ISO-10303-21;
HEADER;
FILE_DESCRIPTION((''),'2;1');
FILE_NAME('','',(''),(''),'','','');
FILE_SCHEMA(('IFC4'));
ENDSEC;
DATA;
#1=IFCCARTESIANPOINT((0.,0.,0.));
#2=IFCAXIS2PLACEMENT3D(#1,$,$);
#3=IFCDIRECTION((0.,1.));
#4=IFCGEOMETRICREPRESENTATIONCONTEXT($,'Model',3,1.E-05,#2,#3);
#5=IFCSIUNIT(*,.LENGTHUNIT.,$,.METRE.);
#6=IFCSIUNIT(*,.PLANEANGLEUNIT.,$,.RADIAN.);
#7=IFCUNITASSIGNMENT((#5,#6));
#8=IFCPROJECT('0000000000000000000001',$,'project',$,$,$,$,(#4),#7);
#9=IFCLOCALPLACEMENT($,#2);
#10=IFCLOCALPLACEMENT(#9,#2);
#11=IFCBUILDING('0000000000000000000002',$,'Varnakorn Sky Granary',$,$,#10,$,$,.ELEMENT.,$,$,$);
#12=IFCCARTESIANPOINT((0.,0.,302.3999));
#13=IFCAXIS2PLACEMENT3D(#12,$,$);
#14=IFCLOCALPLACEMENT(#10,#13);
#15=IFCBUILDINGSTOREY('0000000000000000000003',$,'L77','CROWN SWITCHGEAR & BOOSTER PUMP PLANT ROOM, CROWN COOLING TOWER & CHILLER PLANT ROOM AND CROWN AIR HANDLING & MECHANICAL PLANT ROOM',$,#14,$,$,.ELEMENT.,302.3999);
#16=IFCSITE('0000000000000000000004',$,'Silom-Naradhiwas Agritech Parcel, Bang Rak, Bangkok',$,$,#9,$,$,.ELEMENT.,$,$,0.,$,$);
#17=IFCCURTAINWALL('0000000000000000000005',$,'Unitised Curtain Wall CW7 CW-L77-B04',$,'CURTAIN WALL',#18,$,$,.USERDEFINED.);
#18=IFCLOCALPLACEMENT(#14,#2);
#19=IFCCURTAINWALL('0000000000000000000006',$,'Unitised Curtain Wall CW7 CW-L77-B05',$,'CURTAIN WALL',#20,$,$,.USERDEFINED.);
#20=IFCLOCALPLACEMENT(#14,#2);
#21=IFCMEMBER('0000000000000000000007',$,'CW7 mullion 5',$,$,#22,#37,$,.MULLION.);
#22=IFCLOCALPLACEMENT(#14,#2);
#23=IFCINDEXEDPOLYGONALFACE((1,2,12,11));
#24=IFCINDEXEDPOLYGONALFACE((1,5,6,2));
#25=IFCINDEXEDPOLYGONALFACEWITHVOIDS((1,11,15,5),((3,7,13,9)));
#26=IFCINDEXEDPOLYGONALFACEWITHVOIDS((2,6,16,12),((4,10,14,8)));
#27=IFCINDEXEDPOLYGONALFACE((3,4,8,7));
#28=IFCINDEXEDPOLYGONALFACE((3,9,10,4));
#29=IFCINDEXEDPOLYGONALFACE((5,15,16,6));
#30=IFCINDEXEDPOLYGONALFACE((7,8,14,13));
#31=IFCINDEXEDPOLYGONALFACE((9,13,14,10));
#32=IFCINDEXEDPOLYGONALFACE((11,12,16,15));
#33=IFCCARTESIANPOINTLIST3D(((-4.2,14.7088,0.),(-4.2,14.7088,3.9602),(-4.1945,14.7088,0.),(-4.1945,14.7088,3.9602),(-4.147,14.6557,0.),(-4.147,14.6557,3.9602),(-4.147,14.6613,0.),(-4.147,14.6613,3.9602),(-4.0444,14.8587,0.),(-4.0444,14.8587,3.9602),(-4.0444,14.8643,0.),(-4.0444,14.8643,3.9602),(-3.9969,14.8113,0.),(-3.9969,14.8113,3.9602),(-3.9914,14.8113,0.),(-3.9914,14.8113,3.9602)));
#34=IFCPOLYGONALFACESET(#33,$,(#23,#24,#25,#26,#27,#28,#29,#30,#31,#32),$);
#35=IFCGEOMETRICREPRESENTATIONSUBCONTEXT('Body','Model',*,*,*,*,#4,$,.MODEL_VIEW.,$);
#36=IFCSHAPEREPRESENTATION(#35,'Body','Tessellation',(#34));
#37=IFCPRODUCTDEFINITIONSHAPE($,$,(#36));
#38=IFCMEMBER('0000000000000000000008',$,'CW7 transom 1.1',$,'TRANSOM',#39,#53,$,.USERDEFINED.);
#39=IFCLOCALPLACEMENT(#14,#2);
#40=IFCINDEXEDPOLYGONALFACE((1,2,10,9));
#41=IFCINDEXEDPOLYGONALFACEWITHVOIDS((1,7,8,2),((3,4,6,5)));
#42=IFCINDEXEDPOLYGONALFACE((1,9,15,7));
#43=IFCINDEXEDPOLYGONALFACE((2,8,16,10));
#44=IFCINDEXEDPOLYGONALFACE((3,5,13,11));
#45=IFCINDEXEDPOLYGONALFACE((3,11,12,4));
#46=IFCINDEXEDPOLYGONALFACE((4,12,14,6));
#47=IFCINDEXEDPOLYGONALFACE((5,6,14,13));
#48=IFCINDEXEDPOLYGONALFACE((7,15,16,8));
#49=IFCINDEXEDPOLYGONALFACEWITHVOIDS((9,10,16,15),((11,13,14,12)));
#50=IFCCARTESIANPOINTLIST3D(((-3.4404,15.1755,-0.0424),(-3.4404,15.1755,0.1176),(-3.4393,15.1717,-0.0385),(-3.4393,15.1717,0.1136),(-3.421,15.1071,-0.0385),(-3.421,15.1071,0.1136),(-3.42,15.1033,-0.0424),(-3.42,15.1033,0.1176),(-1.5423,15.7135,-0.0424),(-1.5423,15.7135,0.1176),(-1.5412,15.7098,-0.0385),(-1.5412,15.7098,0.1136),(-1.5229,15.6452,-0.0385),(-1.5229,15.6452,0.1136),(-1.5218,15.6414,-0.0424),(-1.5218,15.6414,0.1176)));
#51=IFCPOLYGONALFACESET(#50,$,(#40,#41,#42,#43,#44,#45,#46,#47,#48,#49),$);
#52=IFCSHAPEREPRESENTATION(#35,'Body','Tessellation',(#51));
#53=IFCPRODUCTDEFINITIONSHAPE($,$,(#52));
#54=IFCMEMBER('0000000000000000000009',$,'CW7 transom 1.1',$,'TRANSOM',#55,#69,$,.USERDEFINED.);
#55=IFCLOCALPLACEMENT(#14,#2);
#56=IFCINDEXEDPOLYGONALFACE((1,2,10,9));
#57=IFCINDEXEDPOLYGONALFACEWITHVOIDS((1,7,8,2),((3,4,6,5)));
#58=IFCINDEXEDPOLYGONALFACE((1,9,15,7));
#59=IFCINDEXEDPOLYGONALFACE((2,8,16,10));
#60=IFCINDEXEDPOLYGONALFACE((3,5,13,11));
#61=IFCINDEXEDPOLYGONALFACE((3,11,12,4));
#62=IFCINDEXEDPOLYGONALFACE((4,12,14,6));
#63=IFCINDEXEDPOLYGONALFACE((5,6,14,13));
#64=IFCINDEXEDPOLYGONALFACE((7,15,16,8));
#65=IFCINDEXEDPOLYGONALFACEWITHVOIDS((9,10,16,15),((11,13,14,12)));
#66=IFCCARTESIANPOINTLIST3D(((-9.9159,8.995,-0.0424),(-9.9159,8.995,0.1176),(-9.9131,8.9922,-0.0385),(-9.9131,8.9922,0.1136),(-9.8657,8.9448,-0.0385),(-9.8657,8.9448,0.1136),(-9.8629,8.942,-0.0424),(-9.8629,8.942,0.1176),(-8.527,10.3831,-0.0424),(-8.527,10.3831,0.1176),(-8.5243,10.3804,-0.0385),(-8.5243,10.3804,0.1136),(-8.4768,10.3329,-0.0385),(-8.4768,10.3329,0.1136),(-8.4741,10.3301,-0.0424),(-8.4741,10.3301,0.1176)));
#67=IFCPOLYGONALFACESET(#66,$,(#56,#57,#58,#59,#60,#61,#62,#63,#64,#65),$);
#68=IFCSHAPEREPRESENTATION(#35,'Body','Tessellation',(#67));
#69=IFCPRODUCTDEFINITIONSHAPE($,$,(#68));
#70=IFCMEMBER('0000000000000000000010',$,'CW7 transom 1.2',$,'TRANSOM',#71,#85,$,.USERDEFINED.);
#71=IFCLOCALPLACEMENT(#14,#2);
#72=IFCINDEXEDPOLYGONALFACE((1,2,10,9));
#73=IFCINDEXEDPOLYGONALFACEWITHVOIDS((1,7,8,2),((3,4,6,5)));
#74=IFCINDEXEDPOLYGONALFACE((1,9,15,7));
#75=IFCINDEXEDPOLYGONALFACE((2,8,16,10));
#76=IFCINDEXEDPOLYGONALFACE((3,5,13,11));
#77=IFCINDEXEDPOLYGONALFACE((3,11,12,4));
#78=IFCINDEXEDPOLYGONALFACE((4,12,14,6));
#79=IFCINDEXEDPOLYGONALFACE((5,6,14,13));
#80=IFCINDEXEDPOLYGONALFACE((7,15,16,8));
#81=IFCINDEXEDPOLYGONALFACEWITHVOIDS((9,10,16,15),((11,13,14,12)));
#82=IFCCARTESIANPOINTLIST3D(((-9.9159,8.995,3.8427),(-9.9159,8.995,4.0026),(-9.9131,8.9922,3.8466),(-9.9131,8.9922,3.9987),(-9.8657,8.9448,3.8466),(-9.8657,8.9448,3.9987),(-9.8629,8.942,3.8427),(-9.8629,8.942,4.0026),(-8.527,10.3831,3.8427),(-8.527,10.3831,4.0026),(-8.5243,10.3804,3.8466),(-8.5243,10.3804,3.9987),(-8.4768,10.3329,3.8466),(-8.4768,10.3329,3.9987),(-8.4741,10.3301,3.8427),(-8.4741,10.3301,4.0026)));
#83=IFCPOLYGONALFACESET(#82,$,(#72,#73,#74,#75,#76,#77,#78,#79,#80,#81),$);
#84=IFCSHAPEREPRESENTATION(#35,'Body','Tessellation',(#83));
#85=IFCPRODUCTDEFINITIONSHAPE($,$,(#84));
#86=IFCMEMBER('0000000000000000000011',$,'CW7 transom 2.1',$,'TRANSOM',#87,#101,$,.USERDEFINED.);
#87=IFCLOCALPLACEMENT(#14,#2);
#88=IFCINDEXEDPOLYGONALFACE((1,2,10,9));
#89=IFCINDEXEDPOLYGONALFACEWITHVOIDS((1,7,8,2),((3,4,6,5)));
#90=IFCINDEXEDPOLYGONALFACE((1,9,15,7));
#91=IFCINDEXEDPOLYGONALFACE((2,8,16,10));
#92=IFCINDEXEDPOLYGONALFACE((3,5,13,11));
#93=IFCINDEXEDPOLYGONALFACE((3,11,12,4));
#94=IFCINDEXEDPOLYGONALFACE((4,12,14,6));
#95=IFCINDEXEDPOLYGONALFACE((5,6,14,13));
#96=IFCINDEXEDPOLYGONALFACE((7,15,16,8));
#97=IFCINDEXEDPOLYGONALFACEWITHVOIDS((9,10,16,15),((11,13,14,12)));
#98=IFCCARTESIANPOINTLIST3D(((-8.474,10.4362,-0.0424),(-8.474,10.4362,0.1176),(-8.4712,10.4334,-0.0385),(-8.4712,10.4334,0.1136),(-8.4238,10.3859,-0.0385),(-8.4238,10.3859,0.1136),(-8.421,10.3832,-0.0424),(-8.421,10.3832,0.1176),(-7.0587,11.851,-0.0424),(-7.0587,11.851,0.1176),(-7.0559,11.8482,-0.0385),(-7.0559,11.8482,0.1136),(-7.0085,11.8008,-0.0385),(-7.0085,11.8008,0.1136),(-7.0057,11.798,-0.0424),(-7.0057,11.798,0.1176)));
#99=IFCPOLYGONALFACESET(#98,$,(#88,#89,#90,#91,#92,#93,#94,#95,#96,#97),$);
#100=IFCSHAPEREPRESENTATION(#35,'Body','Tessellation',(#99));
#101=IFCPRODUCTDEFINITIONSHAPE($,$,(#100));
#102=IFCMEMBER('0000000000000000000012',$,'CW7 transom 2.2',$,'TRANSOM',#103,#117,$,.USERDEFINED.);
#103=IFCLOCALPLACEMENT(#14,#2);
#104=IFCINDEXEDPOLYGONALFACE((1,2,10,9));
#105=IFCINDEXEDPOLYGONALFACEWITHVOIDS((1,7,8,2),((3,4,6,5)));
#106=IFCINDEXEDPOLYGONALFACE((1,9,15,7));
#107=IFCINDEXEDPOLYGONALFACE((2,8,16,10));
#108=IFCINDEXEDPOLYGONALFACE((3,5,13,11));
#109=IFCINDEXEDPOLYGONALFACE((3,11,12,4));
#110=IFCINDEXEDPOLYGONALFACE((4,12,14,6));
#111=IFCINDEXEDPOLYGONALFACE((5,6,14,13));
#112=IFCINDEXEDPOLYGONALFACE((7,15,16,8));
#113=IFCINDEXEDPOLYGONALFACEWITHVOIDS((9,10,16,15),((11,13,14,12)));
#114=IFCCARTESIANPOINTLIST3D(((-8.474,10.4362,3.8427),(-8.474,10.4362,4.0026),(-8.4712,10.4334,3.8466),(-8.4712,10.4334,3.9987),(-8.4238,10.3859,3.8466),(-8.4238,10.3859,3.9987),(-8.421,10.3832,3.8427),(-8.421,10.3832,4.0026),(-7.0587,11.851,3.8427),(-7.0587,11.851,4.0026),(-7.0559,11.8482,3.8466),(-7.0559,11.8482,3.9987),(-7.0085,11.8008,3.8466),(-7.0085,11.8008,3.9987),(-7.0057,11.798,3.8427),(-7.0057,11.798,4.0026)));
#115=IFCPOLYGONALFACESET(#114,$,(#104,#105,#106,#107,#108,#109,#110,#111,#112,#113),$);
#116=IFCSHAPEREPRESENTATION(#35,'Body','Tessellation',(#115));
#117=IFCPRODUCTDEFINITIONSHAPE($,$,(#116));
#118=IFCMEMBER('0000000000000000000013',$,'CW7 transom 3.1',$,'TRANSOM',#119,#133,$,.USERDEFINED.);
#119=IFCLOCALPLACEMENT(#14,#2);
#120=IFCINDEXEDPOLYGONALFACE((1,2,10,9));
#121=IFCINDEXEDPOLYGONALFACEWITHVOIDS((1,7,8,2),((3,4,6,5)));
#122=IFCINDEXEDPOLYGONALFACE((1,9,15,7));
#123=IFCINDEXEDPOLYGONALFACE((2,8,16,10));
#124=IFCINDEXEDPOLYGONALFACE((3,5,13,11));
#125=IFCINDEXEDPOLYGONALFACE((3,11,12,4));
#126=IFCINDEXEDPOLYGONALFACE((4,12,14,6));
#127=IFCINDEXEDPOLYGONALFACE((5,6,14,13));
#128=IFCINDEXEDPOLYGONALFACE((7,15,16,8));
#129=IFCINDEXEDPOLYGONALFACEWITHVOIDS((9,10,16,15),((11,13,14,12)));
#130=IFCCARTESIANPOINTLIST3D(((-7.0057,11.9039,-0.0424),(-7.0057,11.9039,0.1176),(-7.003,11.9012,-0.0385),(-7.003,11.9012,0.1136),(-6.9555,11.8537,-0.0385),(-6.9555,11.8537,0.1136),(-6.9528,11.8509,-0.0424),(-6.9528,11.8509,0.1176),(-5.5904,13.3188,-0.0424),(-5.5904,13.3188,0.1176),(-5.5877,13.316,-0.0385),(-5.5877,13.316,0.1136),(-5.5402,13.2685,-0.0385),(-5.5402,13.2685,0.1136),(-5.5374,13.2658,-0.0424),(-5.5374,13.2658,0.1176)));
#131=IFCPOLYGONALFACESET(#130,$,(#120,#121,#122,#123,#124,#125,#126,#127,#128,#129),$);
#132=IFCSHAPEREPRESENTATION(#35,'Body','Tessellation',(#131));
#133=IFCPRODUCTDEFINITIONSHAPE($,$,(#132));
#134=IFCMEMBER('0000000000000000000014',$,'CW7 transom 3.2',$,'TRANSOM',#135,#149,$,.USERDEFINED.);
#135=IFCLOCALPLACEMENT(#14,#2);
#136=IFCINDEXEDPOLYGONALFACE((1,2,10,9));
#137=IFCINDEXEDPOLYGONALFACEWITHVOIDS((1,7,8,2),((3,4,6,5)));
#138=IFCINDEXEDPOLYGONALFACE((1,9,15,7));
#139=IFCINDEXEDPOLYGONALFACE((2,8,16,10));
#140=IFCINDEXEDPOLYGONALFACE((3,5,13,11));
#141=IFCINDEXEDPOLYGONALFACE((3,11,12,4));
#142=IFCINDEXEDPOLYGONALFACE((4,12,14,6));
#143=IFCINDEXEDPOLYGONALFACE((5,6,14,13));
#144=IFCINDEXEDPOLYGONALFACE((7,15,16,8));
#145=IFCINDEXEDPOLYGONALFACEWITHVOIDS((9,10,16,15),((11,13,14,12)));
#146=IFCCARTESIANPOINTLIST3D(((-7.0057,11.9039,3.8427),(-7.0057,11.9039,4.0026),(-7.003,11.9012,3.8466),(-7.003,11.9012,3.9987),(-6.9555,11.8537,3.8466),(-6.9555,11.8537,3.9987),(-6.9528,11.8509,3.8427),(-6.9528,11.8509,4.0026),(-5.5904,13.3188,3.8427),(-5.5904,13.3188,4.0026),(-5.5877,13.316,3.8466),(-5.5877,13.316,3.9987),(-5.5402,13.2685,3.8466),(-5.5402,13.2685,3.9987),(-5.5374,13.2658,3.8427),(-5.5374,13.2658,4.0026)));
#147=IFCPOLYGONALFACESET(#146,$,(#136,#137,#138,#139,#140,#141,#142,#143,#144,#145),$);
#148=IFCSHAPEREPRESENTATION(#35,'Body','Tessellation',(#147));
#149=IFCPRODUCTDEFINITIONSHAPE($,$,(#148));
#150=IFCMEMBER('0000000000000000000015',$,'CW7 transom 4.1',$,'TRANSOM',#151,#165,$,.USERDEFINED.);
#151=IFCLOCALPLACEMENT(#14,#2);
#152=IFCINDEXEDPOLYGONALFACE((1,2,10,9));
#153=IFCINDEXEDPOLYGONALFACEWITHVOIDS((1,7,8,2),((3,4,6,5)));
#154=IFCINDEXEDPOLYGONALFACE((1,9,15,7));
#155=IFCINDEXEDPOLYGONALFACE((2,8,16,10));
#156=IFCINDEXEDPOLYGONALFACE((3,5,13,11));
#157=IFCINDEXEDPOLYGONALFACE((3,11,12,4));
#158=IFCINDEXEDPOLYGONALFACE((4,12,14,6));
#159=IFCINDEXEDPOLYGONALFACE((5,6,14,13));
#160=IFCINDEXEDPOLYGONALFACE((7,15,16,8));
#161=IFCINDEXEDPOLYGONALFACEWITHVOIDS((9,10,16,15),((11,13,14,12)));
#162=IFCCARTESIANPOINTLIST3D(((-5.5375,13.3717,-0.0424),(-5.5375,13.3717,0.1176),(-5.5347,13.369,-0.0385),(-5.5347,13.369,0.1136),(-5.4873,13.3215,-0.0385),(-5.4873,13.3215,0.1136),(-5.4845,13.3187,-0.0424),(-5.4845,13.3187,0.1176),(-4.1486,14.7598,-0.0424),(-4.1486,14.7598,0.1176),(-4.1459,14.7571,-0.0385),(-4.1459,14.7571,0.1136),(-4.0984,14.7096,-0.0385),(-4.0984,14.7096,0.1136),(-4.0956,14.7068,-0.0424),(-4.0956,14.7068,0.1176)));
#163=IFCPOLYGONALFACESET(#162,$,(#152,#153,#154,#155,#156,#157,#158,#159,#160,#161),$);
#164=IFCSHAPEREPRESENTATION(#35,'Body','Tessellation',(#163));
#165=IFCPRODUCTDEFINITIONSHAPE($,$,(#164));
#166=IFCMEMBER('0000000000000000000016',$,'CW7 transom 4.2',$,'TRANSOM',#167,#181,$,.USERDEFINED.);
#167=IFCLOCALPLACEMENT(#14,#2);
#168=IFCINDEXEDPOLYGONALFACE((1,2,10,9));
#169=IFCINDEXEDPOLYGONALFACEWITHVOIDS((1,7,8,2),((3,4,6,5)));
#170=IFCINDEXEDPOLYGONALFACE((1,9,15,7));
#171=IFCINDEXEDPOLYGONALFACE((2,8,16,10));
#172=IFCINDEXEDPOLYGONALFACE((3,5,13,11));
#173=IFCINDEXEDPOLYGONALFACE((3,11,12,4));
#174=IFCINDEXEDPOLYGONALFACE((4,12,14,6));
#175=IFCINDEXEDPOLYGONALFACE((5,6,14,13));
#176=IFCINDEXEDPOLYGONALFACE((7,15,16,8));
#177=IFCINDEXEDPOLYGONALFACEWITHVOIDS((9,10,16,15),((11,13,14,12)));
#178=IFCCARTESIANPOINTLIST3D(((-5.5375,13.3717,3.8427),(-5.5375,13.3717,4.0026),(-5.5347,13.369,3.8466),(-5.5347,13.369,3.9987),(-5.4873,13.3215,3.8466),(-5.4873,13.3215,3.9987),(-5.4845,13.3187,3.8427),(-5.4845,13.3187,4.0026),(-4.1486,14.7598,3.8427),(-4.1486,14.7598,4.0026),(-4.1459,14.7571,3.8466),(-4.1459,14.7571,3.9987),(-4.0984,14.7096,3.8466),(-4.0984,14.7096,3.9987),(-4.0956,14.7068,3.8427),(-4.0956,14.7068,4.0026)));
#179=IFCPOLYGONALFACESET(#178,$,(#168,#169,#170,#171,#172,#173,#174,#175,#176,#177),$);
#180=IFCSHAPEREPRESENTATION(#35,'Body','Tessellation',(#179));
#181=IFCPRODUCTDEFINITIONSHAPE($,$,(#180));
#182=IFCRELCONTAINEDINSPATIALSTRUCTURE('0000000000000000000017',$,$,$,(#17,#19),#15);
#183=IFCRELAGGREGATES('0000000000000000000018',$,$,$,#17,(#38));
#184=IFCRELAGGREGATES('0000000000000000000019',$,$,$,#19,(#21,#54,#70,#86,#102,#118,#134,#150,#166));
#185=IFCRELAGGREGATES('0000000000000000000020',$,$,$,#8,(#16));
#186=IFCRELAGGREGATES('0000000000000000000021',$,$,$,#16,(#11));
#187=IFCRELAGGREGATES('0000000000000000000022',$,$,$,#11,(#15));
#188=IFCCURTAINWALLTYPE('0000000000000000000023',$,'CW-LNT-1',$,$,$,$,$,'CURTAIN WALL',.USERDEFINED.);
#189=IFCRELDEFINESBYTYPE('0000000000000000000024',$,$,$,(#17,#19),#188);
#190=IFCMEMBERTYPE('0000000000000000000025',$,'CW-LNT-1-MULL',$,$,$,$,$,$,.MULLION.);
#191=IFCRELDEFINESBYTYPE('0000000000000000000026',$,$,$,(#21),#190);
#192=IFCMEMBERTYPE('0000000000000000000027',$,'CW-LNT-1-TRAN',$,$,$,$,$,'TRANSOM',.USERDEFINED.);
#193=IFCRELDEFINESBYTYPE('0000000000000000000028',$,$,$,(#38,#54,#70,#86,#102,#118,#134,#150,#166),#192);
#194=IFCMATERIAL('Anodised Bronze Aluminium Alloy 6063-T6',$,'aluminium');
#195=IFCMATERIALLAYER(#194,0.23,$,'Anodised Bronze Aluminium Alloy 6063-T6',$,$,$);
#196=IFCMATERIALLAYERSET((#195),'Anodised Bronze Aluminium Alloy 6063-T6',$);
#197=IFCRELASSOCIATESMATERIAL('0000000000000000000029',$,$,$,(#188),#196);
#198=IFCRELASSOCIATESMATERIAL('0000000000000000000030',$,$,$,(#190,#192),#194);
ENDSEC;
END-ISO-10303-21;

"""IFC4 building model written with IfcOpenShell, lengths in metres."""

from ifc_helpers import new_model, si_unit, direction, frame, origin, origin_2d, place, context, subcontext, project, spatial, hollow_rectangle, extrude, material, layer, layer_set, material_profile, profile_set, type_object, element, aggregate, save


model = new_model("IFC4")

# Units and contexts
model_context = context("Model", 3, precision=1e-05, world=origin(), true_north=direction((0.0, 1.0)))
body_context = subcontext(model_context, "Body", "Model", "MODEL_VIEW")
ifc_project = project(units=[si_unit("LENGTHUNIT", "METRE"), si_unit("PLANEANGLEUNIT", "RADIAN")], contexts=[model_context])

# Site, building, storey
site_placement = place(None, origin())
site = spatial("IfcSite", under=ifc_project, at=site_placement, Name="Silom-Naradhiwas Agritech Parcel, Bang Rak, Bangkok", CompositionType="ELEMENT", RefElevation=0.0)
building_placement = place(site_placement, origin())
building = spatial("IfcBuilding", under=site, at=building_placement, Name="Varnakorn Sky Granary", CompositionType="ELEMENT")
storey_placement = place(building_placement, frame((0.0, 0.0, 302.3999)))
storey = spatial("IfcBuildingStorey", under=building, at=storey_placement, Name="L77", Description="CROWN SWITCHGEAR & BOOSTER PUMP PLANT ROOM, CROWN COOLING TOWER & CHILLER PLANT ROOM AND CROWN AIR HANDLING & MECHANICAL PLANT ROOM", CompositionType="ELEMENT", Elevation=302.3999)

# Curtain wall
ifc_material_1 = material(Name="Anodised Bronze Aluminium Alloy 6063-T6", Category="aluminium")
ifc_layer_1 = layer(ifc_material_1, 0.23, Name="Anodised Bronze Aluminium Alloy 6063-T6")
ifc_layer_set_1 = layer_set([ifc_layer_1], Name="Anodised Bronze Aluminium Alloy 6063-T6")
curtain_wall_type = type_object("IfcCurtainWallType", Name="CW-LNT-1", ElementType="CURTAIN WALL", PredefinedType="USERDEFINED", material=ifc_layer_set_1)
curtain_wall_1_placement = place(storey_placement, origin())
curtain_wall_1 = element("IfcCurtainWall", 1, at=curtain_wall_1_placement, inside=storey, type_object=curtain_wall_type, Name="Unitised Curtain Wall CW7 CW-L77-B04", ObjectType="CURTAIN WALL", PredefinedType="USERDEFINED")
ifc_material_profile_1 = material_profile(ifc_material_1, hollow_rectangle(XDim=0.075, YDim=0.22, WallThickness=0.0039, at=origin_2d()), Name="ALU MULL 75x220")
ifc_profile_set_1 = profile_set([ifc_material_profile_1], Name="Anodised Bronze Aluminium Alloy 6063-T6")
member_type_1 = type_object("IfcMemberType", Name="CW-LNT-1-MULL", PredefinedType="MULLION", material=ifc_profile_set_1)

# Curtain wall, member
curtain_wall_2_placement = place(storey_placement, origin())
curtain_wall_2 = element("IfcCurtainWall", 2, at=curtain_wall_2_placement, inside=storey, type_object=curtain_wall_type, Name="Unitised Curtain Wall CW7 CW-L77-B05", ObjectType="CURTAIN WALL", PredefinedType="USERDEFINED")
member_1_placement = place(storey_placement, frame((-4.0957, 14.76, 0.0), z_axis=(0.0, 0.0, 1.0), x_axis=(-0.706962, 0.707251, 0.0)))
member_1 = element("IfcMember", 3, at=member_1_placement, type_object=member_type_1, Name="CW7 mullion 5", PredefinedType="MULLION", context=body_context, shape_type="SweptSolid", body=[
    extrude(hollow_rectangle(XDim=0.075, YDim=0.22, WallThickness=0.0039, at=origin_2d()), origin(), (0.0, 0.0, 1.0), 3.9602),
])

# Members
ifc_material_profile_2 = material_profile(ifc_material_1, hollow_rectangle(XDim=0.075, YDim=0.1599, WallThickness=0.0039, at=origin_2d()), Name="ALU TRAN 75x160")
ifc_profile_set_2 = profile_set([ifc_material_profile_2], Name="Anodised Bronze Aluminium Alloy 6063-T6")
member_type_2 = type_object("IfcMemberType", Name="CW-LNT-1-TRAN", ElementType="TRANSOM", PredefinedType="USERDEFINED", material=ifc_profile_set_2)
member_2_placement = place(storey_placement, frame((-3.4302, 15.1394, 0.0376), z_axis=(0.962092, 0.272727, 0.0), x_axis=(-0.272727, 0.962092, 0.0)))
member_2 = element("IfcMember", 4, at=member_2_placement, type_object=member_type_2, Name="CW7 transom 1.1", ObjectType="TRANSOM", PredefinedType="USERDEFINED", context=body_context, shape_type="SweptSolid", body=[
    extrude(hollow_rectangle(XDim=0.075, YDim=0.1599, WallThickness=0.0039, at=origin_2d()), origin(), (0.0, 0.0, 1.0), 1.9729),
])
aggregate(curtain_wall_1, [member_2])
member_3_placement = place(storey_placement, frame((-9.8894, 8.9685, 0.0376), z_axis=(0.707293, 0.70692, 0.0), x_axis=(-0.70692, 0.707293, 0.0)))
member_3 = element("IfcMember", 5, at=member_3_placement, type_object=member_type_2, Name="CW7 transom 1.1", ObjectType="TRANSOM", PredefinedType="USERDEFINED", context=body_context, shape_type="SweptSolid", body=[
    extrude(hollow_rectangle(XDim=0.075, YDim=0.1599, WallThickness=0.0039, at=origin_2d()), origin(), (0.0, 0.0, 1.0), 1.9636),
])
member_4_placement = place(storey_placement, frame((-9.8894, 8.9685, 3.9226), z_axis=(0.707293, 0.70692, 0.0), x_axis=(-0.70692, 0.707293, 0.0)))
member_4 = element("IfcMember", 6, at=member_4_placement, type_object=member_type_2, Name="CW7 transom 1.2", ObjectType="TRANSOM", PredefinedType="USERDEFINED", context=body_context, shape_type="SweptSolid", body=[
    extrude(hollow_rectangle(XDim=0.075, YDim=0.1599, WallThickness=0.0039, at=origin_2d()), origin(), (0.0, 0.0, 1.0), 1.9636),
])
member_5_placement = place(storey_placement, frame((-8.4475, 10.4097, 0.0376), z_axis=(0.707229, 0.706985, 0.0), x_axis=(-0.706985, 0.707229, 0.0)))
member_5 = element("IfcMember", 7, at=member_5_placement, type_object=member_type_2, Name="CW7 transom 2.1", ObjectType="TRANSOM", PredefinedType="USERDEFINED", context=body_context, shape_type="SweptSolid", body=[
    extrude(hollow_rectangle(XDim=0.075, YDim=0.1599, WallThickness=0.0039, at=origin_2d()), origin(), (0.0, 0.0, 1.0), 2.0012),
])
member_6_placement = place(storey_placement, frame((-8.4475, 10.4097, 3.9226), z_axis=(0.707229, 0.706985, 0.0), x_axis=(-0.706985, 0.707229, 0.0)))
member_6 = element("IfcMember", 8, at=member_6_placement, type_object=member_type_2, Name="CW7 transom 2.2", ObjectType="TRANSOM", PredefinedType="USERDEFINED", context=body_context, shape_type="SweptSolid", body=[
    extrude(hollow_rectangle(XDim=0.075, YDim=0.1599, WallThickness=0.0039, at=origin_2d()), origin(), (0.0, 0.0, 1.0), 2.0012),
])
member_7_placement = place(storey_placement, frame((-6.9792, 11.8774, 0.0376), z_axis=(0.707229, 0.706985, 0.0), x_axis=(-0.706985, 0.707229, 0.0)))
member_7 = element("IfcMember", 9, at=member_7_placement, type_object=member_type_2, Name="CW7 transom 3.1", ObjectType="TRANSOM", PredefinedType="USERDEFINED", context=body_context, shape_type="SweptSolid", body=[
    extrude(hollow_rectangle(XDim=0.075, YDim=0.1599, WallThickness=0.0039, at=origin_2d()), origin(), (0.0, 0.0, 1.0), 2.0012),
])
member_8_placement = place(storey_placement, frame((-6.9792, 11.8774, 3.9226), z_axis=(0.707229, 0.706985, 0.0), x_axis=(-0.706985, 0.707229, 0.0)))
member_8 = element("IfcMember", 10, at=member_8_placement, type_object=member_type_2, Name="CW7 transom 3.2", ObjectType="TRANSOM", PredefinedType="USERDEFINED", context=body_context, shape_type="SweptSolid", body=[
    extrude(hollow_rectangle(XDim=0.075, YDim=0.1599, WallThickness=0.0039, at=origin_2d()), origin(), (0.0, 0.0, 1.0), 2.0012),
])
member_9_placement = place(storey_placement, frame((-5.511, 13.3452, 0.0376), z_axis=(0.707293, 0.70692, 0.0), x_axis=(-0.70692, 0.707293, 0.0)))
member_9 = element("IfcMember", 11, at=member_9_placement, type_object=member_type_2, Name="CW7 transom 4.1", ObjectType="TRANSOM", PredefinedType="USERDEFINED", context=body_context, shape_type="SweptSolid", body=[
    extrude(hollow_rectangle(XDim=0.075, YDim=0.1599, WallThickness=0.0039, at=origin_2d()), origin(), (0.0, 0.0, 1.0), 1.9636),
])
member_10_placement = place(storey_placement, frame((-5.511, 13.3452, 3.9226), z_axis=(0.707293, 0.70692, 0.0), x_axis=(-0.70692, 0.707293, 0.0)))
member_10 = element("IfcMember", 12, at=member_10_placement, type_object=member_type_2, Name="CW7 transom 4.2", ObjectType="TRANSOM", PredefinedType="USERDEFINED", context=body_context, shape_type="SweptSolid", body=[
    extrude(hollow_rectangle(XDim=0.075, YDim=0.1599, WallThickness=0.0039, at=origin_2d()), origin(), (0.0, 0.0, 1.0), 1.9636),
])

aggregate(curtain_wall_2, [member_1, member_3, member_4, member_5, member_6, member_7, member_8, member_9, member_10])

save(model, "model.ifc")
